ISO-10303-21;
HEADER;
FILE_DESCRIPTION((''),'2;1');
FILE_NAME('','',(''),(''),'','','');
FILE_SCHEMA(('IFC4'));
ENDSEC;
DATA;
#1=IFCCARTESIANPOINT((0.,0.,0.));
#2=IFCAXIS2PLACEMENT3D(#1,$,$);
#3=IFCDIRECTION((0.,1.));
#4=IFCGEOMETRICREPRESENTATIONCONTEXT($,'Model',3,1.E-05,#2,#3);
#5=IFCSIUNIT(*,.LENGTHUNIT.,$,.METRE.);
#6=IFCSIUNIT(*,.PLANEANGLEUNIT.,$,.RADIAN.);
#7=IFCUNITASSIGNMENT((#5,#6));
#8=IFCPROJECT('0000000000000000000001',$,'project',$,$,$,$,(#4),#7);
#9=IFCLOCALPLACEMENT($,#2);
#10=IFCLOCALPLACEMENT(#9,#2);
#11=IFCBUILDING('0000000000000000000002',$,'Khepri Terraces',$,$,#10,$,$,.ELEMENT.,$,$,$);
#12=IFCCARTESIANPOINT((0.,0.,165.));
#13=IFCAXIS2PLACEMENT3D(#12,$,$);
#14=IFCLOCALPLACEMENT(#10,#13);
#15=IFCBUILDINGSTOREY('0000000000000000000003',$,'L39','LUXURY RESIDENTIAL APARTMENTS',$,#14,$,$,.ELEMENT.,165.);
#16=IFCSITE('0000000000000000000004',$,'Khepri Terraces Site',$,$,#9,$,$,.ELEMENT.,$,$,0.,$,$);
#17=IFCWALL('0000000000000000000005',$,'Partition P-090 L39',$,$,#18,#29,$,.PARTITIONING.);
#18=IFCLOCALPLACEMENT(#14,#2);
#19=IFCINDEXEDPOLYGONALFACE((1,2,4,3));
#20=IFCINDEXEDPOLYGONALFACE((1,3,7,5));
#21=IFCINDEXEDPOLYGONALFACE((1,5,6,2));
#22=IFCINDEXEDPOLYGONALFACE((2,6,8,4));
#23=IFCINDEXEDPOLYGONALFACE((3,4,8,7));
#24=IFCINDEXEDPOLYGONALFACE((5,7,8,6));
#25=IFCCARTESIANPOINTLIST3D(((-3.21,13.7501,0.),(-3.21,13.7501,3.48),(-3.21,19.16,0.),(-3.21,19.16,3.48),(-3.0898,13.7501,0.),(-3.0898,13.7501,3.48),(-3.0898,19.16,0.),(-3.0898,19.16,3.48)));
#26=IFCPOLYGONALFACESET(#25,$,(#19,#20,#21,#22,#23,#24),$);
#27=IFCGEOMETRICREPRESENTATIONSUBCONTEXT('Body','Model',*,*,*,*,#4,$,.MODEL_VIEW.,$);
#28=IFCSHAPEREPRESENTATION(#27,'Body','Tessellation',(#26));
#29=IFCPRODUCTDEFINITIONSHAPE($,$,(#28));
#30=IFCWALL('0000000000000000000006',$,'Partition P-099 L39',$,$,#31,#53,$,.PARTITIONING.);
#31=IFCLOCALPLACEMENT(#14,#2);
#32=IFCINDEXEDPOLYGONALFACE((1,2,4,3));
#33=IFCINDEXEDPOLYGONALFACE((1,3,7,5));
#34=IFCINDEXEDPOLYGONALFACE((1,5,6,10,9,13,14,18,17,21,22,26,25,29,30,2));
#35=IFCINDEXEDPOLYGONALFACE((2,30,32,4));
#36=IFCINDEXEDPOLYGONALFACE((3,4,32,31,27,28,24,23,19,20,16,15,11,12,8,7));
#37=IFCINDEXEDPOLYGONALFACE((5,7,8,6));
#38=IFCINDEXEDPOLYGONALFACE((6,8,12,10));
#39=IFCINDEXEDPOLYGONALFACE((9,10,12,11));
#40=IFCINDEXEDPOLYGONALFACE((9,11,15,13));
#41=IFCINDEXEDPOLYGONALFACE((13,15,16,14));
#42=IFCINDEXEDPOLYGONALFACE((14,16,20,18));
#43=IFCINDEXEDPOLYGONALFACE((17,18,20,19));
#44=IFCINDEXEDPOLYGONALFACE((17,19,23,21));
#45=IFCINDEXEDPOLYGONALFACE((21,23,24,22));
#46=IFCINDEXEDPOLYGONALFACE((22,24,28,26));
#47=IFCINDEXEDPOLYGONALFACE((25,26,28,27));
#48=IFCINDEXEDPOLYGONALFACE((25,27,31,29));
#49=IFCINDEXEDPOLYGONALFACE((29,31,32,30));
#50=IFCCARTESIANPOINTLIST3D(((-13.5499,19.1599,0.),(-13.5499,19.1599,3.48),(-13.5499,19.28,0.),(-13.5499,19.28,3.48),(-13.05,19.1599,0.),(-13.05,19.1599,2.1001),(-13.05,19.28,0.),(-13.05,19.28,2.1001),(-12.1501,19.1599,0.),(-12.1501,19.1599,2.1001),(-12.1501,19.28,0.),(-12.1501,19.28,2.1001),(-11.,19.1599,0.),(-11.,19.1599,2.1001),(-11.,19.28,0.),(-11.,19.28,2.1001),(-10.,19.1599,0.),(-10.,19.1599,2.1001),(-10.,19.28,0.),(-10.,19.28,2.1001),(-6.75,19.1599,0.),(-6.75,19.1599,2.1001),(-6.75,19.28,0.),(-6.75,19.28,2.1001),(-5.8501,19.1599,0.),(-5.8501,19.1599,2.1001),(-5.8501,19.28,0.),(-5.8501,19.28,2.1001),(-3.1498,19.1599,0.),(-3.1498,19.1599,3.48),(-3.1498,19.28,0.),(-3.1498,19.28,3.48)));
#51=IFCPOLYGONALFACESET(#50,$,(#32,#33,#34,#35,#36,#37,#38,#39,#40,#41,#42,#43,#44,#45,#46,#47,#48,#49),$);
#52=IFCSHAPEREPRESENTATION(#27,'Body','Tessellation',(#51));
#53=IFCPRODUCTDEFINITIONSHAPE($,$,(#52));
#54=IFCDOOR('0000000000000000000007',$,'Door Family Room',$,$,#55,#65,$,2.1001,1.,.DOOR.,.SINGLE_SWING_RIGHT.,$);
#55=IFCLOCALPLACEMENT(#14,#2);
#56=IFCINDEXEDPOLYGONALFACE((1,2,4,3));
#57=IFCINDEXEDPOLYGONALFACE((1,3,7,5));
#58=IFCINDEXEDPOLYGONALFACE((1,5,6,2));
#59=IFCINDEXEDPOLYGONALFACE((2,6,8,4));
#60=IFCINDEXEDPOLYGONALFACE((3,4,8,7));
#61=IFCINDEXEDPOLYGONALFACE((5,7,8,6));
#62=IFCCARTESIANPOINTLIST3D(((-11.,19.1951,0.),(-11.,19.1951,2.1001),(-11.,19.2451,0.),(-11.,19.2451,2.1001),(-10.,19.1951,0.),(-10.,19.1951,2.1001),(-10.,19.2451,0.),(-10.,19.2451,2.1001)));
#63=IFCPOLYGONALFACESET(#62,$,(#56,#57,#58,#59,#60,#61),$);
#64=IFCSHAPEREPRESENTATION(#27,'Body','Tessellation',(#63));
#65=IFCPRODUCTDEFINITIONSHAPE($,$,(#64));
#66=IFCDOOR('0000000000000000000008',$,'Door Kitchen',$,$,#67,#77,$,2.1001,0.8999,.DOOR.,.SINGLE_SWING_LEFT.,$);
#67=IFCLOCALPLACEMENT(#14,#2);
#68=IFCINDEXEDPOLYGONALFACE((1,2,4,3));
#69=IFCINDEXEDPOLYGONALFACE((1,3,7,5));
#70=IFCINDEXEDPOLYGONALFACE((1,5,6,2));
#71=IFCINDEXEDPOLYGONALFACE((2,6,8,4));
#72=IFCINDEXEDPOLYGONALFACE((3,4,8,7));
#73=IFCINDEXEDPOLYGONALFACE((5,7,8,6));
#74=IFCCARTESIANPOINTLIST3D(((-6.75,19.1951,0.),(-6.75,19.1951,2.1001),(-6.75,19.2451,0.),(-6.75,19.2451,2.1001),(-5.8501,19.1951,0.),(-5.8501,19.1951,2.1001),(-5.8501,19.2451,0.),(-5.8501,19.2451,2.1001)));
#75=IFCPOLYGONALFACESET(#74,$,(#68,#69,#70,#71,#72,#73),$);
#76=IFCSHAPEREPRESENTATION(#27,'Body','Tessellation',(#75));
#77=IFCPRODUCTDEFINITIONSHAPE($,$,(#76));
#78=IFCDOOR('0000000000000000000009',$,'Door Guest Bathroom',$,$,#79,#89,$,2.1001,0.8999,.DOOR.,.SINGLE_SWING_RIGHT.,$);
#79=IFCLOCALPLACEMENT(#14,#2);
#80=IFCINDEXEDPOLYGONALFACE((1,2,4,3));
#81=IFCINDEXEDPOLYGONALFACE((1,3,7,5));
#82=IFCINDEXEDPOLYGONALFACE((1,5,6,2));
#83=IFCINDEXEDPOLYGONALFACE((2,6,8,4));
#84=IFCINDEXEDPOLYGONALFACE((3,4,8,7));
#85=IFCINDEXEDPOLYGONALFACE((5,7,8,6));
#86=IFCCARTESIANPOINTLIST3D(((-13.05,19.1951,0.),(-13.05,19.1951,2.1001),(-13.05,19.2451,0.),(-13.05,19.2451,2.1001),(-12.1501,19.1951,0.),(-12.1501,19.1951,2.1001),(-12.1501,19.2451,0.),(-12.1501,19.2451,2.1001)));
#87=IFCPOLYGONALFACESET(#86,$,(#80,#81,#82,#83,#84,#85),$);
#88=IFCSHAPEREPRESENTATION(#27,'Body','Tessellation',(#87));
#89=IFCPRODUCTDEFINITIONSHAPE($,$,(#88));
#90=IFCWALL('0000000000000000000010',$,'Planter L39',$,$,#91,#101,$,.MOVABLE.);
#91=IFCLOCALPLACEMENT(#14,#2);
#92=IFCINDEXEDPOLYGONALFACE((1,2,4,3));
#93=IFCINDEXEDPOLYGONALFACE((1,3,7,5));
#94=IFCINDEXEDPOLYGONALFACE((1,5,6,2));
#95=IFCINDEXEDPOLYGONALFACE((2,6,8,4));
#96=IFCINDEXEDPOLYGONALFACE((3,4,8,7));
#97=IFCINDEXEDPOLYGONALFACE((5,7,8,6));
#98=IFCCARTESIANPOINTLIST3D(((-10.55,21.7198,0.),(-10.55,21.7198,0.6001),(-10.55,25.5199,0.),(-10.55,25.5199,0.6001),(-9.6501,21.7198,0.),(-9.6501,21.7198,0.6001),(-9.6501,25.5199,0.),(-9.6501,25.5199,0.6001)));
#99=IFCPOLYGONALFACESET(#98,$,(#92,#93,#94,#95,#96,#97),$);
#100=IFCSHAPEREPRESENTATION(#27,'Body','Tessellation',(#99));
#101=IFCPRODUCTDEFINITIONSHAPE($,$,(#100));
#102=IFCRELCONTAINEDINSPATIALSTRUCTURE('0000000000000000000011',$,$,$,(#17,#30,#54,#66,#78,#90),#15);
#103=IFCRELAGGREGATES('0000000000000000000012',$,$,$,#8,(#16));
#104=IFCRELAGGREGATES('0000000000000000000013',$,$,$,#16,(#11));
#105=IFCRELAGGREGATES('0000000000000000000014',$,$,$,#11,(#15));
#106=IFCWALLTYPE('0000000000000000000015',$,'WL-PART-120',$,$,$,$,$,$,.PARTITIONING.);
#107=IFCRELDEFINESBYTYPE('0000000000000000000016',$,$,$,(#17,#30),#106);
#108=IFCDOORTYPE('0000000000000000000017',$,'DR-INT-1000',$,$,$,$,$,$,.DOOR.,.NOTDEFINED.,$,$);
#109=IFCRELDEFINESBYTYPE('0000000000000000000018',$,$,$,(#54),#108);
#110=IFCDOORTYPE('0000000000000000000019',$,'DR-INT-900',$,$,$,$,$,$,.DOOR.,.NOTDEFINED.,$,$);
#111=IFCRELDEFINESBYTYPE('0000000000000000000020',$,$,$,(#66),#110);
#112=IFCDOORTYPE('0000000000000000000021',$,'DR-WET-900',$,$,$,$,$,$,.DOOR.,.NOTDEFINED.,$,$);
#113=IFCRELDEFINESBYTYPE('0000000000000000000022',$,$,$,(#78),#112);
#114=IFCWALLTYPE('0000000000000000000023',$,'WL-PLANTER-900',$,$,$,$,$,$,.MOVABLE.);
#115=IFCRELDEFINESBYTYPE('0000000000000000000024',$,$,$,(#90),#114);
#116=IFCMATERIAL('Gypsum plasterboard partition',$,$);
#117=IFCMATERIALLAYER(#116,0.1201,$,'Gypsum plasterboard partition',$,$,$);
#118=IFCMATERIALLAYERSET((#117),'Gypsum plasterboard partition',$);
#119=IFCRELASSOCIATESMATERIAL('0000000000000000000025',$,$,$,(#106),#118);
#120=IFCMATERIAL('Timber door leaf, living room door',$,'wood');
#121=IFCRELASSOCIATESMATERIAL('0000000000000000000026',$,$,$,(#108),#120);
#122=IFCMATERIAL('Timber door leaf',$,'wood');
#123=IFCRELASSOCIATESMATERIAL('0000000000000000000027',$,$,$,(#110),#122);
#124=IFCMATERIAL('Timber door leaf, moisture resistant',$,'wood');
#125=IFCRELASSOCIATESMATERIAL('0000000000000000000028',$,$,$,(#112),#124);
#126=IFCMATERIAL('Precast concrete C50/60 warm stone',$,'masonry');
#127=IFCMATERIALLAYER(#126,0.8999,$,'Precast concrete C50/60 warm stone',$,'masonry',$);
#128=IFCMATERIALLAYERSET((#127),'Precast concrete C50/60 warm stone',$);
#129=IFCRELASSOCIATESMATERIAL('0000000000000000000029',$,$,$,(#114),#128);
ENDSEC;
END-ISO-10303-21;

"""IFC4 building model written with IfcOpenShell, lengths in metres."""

from ifc_helpers import new_model, si_unit, direction, frame, frame_2d, origin, place, context, subcontext, project, spatial, rectangle, extrude, material, layer, layer_set, type_object, element, fill, save


model = new_model("IFC4")

# Units and contexts
model_context = context("Model", 3, precision=1e-05, world=origin(), true_north=direction((0.0, 1.0)))
body_context = subcontext(model_context, "Body", "Model", "MODEL_VIEW")
ifc_project = project(units=[si_unit("LENGTHUNIT", "METRE"), si_unit("PLANEANGLEUNIT", "RADIAN")], contexts=[model_context])

# Site, building, storey
site_placement = place(None, origin())
site = spatial("IfcSite", under=ifc_project, at=site_placement, Name="Khepri Terraces Site", CompositionType="ELEMENT", RefElevation=0.0)
building_placement = place(site_placement, origin())
building = spatial("IfcBuilding", under=site, at=building_placement, Name="Khepri Terraces", CompositionType="ELEMENT")
storey_placement = place(building_placement, frame((0.0, 0.0, 165.0)))
storey = spatial("IfcBuildingStorey", under=building, at=storey_placement, Name="L39", Description="LUXURY RESIDENTIAL APARTMENTS", CompositionType="ELEMENT", Elevation=165.0)

# Shared definitions
ifc_material_1 = material(Name="Precast concrete C50/60 warm stone", Category="masonry")

# Wall
ifc_material_2 = material(Name="Gypsum plasterboard partition")
ifc_layer_1 = layer(ifc_material_2, 0.1201, Name="Gypsum plasterboard partition")
ifc_layer_set_1 = layer_set([ifc_layer_1], Name="Gypsum plasterboard partition")
wall_type_1 = type_object("IfcWallType", Name="WL-PART-120", PredefinedType="PARTITIONING", material=ifc_layer_set_1)
for number, where, z_axis, x_axis, name in (
    (1, (-3.1499, 13.75, 0.0), (0.0, 0.0, 1.0), (0.0, 1.0, 0.0), "Partition P-090 L39"),
):
    element("IfcWall", number, at=place(storey_placement, frame(where, z_axis=z_axis, x_axis=x_axis)), inside=storey, type_object=wall_type_1, Name=name, PredefinedType="PARTITIONING", context=body_context, shape_type="SweptSolid", body=[
        extrude(rectangle(XDim=5.4099, YDim=0.1201, at=frame_2d((2.7051, 0.0))), origin(), (0.0, 0.0, 1.0), 3.48),
    ])

# Wall, openings, doors
wall_1_placement = place(storey_placement, frame((-13.55, 19.22, 0.0), z_axis=(0.0, 0.0, 1.0), x_axis=(1.0, 0.0, 0.0)))
wall_1 = element("IfcWall", 2, at=wall_1_placement, inside=storey, type_object=wall_type_1, Name="Partition P-099 L39", PredefinedType="PARTITIONING", context=body_context, shape_type="SweptSolid", body=[
    extrude(rectangle(XDim=10.4001, YDim=0.1201, at=frame_2d((5.2002, 0.0))), origin(), (0.0, 0.0, 1.0), 3.48),
])
opening_1_placement = place(wall_1_placement, frame((6.8, 0.0, 0.0)))
opening_1 = element("IfcOpeningElement", 3, at=opening_1_placement, cuts=wall_1, PredefinedType="OPENING", context=body_context, shape_type="SweptSolid", body=[
    extrude(rectangle(XDim=0.8999, YDim=2.1001, at=frame_2d((0.45, 1.05))), frame((0.0, 0.0701, 0.0), z_axis=(0.0, -1.0, 0.0), x_axis=(1.0, 0.0, 0.0)), (0.0, 0.0, 1.0), 0.1401),
])
opening_2_placement = place(wall_1_placement, frame((2.55, 0.0, 0.0)))
opening_2 = element("IfcOpeningElement", 4, at=opening_2_placement, cuts=wall_1, PredefinedType="OPENING", context=body_context, shape_type="SweptSolid", body=[
    extrude(rectangle(XDim=1.0, YDim=2.1001, at=frame_2d((0.5, 1.05))), frame((0.0, 0.0701, 0.0), z_axis=(0.0, -1.0, 0.0), x_axis=(1.0, 0.0, 0.0)), (0.0, 0.0, 1.0), 0.1401),
])
opening_3_placement = place(wall_1_placement, frame((0.5, 0.0, 0.0)))
opening_3 = element("IfcOpeningElement", 5, at=opening_3_placement, cuts=wall_1, PredefinedType="OPENING", context=body_context, shape_type="SweptSolid", body=[
    extrude(rectangle(XDim=0.8999, YDim=2.1001, at=frame_2d((0.45, 1.05))), frame((0.0, 0.0701, 0.0), z_axis=(0.0, -1.0, 0.0), x_axis=(1.0, 0.0, 0.0)), (0.0, 0.0, 1.0), 0.1401),
])
ifc_material_3 = material(Name="Timber door leaf, living room door", Category="wood")
door_type_1 = type_object("IfcDoorType", Name="DR-INT-1000", OperationType="NOTDEFINED", PredefinedType="DOOR", material=ifc_material_3)
door_1_placement = place(opening_2_placement, frame((1.0, 0.0, 0.0), z_axis=(0.0, 0.0, 1.0), x_axis=(-1.0, 0.0, 0.0)))
door_1 = element("IfcDoor", 6, at=door_1_placement, inside=storey, type_object=door_type_1, Name="Door Family Room", OperationType="SINGLE_SWING_RIGHT", OverallHeight=2.1001, OverallWidth=1.0, PredefinedType="DOOR", context=body_context, shape_type="SweptSolid", body=[
    extrude(rectangle(XDim=1.0, YDim=2.1001, at=frame_2d((0.5, 1.05))), frame((0.0, 0.0249, 0.0), z_axis=(0.0, -1.0, 0.0), x_axis=(1.0, 0.0, 0.0)), (0.0, 0.0, 1.0), 0.05),
])
fill(opening_2, door_1)
ifc_material_4 = material(Name="Timber door leaf", Category="wood")
door_type_2 = type_object("IfcDoorType", Name="DR-INT-900", OperationType="NOTDEFINED", PredefinedType="DOOR", material=ifc_material_4)
door_2_placement = place(opening_1_placement, frame((0.8999, 0.0, 0.0), z_axis=(0.0, 0.0, 1.0), x_axis=(-1.0, 0.0, 0.0)))
door_2 = element("IfcDoor", 7, at=door_2_placement, inside=storey, type_object=door_type_2, Name="Door Kitchen", OperationType="SINGLE_SWING_LEFT", OverallHeight=2.1001, OverallWidth=0.8999, PredefinedType="DOOR", context=body_context, shape_type="SweptSolid", body=[
    extrude(rectangle(XDim=0.8999, YDim=2.1001, at=frame_2d((0.45, 1.05))), frame((0.0, 0.0249, 0.0), z_axis=(0.0, -1.0, 0.0), x_axis=(1.0, 0.0, 0.0)), (0.0, 0.0, 1.0), 0.05),
])
fill(opening_1, door_2)
ifc_material_5 = material(Name="Timber door leaf, moisture resistant", Category="wood")
door_type_3 = type_object("IfcDoorType", Name="DR-WET-900", OperationType="NOTDEFINED", PredefinedType="DOOR", material=ifc_material_5)
door_3_placement = place(opening_3_placement, frame((0.8999, 0.0, 0.0), z_axis=(0.0, 0.0, 1.0), x_axis=(-1.0, 0.0, 0.0)))
door_3 = element("IfcDoor", 8, at=door_3_placement, inside=storey, type_object=door_type_3, Name="Door Guest Bathroom", OperationType="SINGLE_SWING_RIGHT", OverallHeight=2.1001, OverallWidth=0.8999, PredefinedType="DOOR", context=body_context, shape_type="SweptSolid", body=[
    extrude(rectangle(XDim=0.8999, YDim=2.1001, at=frame_2d((0.45, 1.05))), frame((0.0, 0.0249, 0.0), z_axis=(0.0, -1.0, 0.0), x_axis=(1.0, 0.0, 0.0)), (0.0, 0.0, 1.0), 0.05),
])
fill(opening_3, door_3)

# Wall
ifc_layer_2 = layer(ifc_material_1, 0.8999, Name="Precast concrete C50/60 warm stone", Category="masonry")
ifc_layer_set_2 = layer_set([ifc_layer_2], Name="Precast concrete C50/60 warm stone")
wall_type_2 = type_object("IfcWallType", Name="WL-PLANTER-900", PredefinedType="MOVABLE", material=ifc_layer_set_2)
wall_2_placement = place(storey_placement, frame((-10.1001, 21.72, 0.0), z_axis=(0.0, 0.0, 1.0), x_axis=(0.0, 1.0, 0.0)))
element("IfcWall", 9, at=wall_2_placement, inside=storey, type_object=wall_type_2, Name="Planter L39", PredefinedType="MOVABLE", context=body_context, shape_type="SweptSolid", body=[
    extrude(rectangle(XDim=3.8, YDim=0.8999, at=frame_2d((1.8999, 0.0))), origin(), (0.0, 0.0, 1.0), 0.6001),
])

save(model, "model.ifc")
